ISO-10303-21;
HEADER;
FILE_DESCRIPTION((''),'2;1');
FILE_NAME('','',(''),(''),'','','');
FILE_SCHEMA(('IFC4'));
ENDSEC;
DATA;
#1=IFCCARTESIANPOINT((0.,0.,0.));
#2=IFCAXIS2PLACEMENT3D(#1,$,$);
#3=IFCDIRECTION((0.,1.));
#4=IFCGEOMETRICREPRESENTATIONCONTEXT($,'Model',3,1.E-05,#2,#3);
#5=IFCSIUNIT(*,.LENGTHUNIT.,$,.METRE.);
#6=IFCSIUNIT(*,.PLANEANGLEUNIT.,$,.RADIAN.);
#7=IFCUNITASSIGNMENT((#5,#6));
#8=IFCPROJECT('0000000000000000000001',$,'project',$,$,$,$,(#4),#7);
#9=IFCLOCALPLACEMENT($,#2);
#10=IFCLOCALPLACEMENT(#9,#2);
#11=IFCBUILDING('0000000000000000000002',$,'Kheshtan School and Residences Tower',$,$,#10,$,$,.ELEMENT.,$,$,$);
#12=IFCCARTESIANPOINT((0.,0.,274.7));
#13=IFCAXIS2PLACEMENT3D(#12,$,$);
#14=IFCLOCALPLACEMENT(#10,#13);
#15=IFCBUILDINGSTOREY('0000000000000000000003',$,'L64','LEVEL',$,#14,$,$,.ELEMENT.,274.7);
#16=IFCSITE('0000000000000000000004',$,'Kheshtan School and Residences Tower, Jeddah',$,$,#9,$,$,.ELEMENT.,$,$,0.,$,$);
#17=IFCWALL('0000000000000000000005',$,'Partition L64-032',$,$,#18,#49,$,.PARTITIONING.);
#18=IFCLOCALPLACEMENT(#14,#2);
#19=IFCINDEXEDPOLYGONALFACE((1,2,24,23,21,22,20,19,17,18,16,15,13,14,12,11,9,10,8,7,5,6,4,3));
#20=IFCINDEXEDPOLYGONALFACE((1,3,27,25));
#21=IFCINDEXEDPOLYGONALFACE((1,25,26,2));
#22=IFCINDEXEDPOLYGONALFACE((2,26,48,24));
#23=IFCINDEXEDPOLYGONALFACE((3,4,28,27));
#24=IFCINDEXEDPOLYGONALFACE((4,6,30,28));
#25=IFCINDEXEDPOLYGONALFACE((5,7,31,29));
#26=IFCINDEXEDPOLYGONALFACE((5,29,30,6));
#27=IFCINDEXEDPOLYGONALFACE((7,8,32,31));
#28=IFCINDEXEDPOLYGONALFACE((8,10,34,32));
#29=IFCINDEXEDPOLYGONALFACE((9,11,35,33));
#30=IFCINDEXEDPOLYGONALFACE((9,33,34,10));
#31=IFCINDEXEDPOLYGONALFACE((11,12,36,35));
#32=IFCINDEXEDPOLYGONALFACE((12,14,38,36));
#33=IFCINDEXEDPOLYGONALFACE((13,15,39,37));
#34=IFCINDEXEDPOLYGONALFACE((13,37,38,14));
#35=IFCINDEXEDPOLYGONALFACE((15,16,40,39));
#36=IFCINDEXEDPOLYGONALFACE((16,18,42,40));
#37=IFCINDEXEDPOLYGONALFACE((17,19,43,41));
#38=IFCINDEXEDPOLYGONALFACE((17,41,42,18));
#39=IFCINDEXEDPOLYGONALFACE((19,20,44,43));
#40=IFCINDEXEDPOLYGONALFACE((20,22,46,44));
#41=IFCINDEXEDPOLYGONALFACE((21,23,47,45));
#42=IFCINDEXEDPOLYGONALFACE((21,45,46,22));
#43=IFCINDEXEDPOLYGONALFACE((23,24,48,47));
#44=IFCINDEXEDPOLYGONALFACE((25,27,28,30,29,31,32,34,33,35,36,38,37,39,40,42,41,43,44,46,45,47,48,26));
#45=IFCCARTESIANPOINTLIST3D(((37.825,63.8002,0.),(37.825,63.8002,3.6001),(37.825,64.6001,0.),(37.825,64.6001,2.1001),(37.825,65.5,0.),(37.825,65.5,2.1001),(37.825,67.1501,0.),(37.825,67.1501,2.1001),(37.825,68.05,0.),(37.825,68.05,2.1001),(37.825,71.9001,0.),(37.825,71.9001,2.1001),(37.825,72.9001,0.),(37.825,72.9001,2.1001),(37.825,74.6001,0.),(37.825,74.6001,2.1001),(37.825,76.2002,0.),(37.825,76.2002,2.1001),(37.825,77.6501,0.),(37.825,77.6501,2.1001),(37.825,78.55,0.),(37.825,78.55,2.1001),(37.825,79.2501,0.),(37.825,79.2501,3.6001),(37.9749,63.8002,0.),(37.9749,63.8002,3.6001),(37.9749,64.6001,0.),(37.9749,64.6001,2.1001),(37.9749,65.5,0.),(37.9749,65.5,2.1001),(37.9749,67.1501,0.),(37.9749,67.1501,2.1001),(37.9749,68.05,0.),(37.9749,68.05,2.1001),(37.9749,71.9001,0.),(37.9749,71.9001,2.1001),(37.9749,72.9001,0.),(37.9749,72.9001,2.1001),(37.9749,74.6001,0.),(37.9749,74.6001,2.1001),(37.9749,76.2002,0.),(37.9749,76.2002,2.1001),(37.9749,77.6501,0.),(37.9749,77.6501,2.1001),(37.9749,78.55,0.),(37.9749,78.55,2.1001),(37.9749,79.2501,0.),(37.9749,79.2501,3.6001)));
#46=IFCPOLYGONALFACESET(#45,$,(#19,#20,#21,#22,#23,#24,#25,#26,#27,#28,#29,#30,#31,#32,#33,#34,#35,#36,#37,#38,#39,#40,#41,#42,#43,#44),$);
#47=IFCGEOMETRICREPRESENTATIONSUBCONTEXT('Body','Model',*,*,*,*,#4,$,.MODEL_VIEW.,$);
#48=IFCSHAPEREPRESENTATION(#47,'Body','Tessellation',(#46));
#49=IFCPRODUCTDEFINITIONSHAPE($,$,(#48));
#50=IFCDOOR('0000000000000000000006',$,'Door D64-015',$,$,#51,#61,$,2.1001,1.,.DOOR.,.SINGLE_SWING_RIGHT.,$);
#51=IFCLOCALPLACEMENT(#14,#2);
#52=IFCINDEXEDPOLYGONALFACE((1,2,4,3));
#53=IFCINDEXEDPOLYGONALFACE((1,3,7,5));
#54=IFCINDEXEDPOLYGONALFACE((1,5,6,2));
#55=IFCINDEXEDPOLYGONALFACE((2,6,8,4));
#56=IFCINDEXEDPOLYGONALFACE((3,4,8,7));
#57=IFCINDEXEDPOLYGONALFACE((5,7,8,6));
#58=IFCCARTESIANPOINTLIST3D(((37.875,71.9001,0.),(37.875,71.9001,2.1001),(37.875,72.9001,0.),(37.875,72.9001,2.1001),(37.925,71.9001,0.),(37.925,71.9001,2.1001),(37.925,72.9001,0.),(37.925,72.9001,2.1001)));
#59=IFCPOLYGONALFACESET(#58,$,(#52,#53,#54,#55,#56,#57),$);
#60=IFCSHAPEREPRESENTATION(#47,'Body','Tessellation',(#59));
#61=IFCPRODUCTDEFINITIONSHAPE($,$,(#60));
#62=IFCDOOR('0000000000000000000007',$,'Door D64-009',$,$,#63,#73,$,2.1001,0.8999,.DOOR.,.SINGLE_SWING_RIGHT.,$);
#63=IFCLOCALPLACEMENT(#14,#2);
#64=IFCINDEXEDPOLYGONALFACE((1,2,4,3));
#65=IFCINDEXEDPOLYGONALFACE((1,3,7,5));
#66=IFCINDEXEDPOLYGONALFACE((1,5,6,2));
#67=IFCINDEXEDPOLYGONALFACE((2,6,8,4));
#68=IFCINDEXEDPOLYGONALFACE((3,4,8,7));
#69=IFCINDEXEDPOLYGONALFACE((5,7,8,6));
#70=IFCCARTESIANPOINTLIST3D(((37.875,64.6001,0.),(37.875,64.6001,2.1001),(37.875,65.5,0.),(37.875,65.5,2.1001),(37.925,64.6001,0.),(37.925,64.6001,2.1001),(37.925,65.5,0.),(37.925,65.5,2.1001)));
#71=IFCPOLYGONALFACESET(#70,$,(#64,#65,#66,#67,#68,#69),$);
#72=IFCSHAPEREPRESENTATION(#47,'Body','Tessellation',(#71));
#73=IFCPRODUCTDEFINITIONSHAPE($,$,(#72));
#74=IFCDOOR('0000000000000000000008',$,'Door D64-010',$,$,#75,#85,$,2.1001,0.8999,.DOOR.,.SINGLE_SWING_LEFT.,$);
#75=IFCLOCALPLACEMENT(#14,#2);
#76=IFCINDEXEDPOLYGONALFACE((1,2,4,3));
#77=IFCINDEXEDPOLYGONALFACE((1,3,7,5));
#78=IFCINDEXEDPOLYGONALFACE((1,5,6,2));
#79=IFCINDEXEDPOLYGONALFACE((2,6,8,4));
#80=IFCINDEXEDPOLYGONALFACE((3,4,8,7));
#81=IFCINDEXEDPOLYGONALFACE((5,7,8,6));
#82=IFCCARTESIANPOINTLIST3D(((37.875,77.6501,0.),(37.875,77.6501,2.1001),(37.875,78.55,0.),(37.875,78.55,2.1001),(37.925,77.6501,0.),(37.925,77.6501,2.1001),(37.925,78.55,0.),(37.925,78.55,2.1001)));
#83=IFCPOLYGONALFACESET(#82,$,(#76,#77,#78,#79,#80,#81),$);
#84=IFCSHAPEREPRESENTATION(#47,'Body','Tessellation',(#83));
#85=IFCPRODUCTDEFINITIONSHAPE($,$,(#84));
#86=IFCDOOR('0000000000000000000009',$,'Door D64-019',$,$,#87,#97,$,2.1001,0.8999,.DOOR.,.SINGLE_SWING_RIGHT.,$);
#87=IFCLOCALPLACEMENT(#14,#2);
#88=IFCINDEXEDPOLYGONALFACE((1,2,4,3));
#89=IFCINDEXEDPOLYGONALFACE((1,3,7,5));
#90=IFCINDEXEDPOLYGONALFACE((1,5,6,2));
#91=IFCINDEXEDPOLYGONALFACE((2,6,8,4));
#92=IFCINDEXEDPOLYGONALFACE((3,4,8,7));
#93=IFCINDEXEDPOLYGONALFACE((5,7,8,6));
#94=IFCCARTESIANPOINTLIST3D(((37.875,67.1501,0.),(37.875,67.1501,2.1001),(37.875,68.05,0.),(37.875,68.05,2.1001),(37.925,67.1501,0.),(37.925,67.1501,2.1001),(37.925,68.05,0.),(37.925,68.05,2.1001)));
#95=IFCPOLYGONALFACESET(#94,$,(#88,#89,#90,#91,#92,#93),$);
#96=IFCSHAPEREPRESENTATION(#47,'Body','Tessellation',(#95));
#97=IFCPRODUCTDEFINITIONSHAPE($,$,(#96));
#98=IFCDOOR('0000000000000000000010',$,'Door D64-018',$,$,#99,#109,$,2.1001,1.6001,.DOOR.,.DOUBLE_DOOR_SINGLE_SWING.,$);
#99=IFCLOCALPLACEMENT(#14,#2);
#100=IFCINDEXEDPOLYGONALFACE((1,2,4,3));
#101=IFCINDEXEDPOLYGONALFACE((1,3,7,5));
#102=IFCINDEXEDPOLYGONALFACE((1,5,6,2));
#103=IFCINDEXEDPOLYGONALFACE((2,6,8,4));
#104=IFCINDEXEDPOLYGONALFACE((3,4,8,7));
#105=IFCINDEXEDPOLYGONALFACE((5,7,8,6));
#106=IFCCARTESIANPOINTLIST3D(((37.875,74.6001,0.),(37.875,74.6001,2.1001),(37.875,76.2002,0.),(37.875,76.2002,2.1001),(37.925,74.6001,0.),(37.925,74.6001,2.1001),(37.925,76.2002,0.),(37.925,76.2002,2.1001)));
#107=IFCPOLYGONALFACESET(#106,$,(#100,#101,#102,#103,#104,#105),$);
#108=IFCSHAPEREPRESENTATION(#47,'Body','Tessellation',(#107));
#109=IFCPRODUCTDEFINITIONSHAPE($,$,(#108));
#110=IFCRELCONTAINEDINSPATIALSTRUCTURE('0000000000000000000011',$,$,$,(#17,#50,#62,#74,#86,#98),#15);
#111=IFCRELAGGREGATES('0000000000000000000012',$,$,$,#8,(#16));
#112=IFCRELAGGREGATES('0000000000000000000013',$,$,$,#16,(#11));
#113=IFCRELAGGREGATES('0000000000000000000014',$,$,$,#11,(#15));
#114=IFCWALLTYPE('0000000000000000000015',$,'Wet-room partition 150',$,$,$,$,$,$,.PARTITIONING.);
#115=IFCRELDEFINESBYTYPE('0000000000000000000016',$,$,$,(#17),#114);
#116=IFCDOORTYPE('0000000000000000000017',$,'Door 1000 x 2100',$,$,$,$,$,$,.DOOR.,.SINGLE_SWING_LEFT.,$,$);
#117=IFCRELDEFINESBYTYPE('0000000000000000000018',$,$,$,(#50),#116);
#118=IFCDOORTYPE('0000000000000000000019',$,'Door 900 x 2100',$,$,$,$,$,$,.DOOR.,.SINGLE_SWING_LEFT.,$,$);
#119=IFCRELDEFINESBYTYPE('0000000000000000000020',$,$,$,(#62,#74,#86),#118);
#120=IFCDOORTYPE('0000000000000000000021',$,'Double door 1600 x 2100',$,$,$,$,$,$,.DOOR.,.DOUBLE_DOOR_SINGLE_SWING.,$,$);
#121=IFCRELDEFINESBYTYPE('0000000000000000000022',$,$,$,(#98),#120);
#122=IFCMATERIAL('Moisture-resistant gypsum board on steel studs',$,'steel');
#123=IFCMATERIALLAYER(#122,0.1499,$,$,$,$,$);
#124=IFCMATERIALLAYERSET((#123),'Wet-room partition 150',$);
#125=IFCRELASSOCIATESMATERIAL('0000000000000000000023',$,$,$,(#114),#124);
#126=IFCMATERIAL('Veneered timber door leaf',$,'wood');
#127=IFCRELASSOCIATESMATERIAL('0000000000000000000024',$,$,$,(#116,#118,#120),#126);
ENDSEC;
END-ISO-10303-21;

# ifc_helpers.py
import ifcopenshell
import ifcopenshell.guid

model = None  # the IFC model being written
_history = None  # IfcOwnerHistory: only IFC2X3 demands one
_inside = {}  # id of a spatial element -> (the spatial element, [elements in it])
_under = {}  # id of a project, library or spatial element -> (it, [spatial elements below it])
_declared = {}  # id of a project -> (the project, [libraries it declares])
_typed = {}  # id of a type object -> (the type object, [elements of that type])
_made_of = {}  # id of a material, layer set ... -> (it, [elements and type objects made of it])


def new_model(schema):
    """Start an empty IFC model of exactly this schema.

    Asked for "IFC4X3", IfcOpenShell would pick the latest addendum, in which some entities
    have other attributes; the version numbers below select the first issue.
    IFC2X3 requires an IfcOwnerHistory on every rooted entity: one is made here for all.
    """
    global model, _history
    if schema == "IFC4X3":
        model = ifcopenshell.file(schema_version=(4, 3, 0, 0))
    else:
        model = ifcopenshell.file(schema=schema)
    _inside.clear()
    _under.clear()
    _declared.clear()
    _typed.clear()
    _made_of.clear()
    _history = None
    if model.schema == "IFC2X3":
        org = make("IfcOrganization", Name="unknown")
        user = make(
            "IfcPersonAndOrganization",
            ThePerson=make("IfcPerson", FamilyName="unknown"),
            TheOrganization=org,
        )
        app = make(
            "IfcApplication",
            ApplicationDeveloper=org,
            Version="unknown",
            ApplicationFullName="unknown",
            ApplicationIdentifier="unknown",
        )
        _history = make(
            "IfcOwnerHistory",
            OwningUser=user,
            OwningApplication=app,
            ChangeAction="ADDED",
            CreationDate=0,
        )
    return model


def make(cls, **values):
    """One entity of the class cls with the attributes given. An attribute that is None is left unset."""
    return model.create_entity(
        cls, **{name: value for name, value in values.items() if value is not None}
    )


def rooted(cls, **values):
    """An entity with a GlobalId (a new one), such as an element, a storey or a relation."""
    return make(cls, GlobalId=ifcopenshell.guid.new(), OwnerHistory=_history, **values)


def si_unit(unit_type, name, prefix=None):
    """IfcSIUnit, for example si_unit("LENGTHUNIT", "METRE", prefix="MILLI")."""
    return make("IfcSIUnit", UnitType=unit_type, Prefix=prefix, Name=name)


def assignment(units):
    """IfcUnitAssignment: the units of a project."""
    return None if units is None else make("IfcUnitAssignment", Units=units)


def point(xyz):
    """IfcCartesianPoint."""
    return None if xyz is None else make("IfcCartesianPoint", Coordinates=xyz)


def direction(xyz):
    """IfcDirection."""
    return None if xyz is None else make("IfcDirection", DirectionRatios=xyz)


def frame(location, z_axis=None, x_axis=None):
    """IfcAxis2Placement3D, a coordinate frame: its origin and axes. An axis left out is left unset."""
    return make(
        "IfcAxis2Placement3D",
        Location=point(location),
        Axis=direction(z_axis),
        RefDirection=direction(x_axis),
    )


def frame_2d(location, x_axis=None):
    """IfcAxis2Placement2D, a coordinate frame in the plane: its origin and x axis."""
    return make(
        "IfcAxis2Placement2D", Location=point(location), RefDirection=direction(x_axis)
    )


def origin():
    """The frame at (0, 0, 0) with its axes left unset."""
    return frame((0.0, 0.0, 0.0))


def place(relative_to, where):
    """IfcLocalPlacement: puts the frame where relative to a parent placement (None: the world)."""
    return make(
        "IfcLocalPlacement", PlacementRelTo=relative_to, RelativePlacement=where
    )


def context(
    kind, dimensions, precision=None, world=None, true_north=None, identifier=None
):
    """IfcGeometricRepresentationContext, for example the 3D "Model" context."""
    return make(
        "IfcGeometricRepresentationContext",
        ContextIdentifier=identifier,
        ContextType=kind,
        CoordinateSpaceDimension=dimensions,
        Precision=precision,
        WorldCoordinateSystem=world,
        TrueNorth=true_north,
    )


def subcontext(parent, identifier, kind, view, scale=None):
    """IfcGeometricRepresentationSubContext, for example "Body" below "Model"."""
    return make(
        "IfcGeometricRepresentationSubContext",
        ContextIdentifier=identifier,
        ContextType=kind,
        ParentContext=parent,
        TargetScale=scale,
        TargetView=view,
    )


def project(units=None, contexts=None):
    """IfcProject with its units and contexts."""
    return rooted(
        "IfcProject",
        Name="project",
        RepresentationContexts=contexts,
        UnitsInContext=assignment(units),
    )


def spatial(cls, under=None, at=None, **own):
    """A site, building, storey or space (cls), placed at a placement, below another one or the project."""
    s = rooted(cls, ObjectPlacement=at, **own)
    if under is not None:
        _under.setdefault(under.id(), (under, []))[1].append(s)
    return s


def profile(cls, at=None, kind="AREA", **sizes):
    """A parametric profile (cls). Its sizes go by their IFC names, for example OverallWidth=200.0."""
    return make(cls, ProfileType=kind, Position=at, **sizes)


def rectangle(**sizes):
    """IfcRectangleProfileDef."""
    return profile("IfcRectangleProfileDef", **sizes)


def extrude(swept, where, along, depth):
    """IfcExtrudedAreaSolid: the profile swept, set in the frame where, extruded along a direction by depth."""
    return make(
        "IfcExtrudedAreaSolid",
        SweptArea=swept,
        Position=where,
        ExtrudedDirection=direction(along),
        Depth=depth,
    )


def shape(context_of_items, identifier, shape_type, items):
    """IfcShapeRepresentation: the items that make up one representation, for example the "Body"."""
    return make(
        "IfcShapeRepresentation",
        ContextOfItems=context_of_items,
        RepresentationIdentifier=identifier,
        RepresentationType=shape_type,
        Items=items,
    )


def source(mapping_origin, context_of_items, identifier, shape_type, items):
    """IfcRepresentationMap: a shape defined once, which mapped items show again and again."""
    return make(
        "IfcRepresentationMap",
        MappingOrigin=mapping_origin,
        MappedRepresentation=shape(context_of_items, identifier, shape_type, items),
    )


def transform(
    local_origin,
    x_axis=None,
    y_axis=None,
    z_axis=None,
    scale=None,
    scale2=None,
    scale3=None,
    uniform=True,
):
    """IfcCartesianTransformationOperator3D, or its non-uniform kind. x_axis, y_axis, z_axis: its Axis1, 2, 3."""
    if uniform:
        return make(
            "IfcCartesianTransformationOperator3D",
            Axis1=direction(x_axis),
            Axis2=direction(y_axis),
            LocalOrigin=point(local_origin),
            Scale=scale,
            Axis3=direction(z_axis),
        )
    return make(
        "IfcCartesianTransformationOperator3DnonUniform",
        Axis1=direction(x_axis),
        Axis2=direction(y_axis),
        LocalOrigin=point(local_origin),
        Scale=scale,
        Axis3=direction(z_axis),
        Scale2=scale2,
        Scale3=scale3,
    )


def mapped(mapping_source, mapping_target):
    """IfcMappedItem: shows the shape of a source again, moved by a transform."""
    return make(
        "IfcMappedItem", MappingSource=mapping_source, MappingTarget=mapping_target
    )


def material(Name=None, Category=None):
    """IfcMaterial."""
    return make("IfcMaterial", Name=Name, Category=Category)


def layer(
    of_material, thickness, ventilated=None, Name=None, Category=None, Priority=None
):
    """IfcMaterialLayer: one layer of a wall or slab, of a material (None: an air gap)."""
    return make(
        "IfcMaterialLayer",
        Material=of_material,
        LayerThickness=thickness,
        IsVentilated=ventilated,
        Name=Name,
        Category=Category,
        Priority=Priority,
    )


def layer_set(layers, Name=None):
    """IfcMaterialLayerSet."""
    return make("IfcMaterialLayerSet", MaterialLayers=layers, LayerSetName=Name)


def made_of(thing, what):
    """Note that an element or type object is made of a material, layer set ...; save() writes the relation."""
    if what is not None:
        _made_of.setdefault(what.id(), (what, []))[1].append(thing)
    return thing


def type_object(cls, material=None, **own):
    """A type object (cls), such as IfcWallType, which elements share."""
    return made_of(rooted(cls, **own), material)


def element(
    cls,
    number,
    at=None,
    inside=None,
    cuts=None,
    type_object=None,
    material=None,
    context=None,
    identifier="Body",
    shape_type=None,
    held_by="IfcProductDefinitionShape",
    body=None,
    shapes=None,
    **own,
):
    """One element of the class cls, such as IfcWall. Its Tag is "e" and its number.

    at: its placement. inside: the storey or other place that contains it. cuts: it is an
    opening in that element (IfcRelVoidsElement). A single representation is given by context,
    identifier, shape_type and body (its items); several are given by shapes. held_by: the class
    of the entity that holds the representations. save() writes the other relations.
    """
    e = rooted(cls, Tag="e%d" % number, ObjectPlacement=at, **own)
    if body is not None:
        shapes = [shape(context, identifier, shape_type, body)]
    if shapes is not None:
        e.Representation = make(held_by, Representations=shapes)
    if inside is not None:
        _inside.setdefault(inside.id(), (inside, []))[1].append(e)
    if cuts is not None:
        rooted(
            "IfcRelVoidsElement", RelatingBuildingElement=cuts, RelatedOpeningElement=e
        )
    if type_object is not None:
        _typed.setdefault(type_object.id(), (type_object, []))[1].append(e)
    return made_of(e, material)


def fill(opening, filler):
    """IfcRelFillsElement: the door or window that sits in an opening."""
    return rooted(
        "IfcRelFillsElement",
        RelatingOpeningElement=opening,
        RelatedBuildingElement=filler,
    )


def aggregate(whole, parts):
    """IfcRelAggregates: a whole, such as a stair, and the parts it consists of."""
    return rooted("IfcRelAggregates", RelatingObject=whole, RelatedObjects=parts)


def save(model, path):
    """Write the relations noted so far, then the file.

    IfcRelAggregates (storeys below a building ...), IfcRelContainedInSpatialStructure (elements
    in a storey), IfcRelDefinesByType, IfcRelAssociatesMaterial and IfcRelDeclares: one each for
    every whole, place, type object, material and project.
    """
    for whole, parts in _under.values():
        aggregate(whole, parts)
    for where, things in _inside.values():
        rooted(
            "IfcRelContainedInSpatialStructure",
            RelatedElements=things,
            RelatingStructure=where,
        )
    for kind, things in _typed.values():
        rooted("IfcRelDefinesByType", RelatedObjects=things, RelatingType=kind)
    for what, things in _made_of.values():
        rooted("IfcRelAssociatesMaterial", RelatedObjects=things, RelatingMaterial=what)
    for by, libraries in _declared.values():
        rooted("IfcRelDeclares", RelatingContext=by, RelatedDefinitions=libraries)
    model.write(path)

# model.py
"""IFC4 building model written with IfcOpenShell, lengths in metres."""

from ifc_helpers import new_model, si_unit, direction, frame, frame_2d, origin, place, context, subcontext, project, spatial, rectangle, extrude, source, transform, mapped, material, layer, layer_set, type_object, element, fill, save


model = new_model("IFC4")

# Units and contexts
model_context = context("Model", 3, precision=1e-05, world=origin(), true_north=direction((0.0, 1.0)))
body_context = subcontext(model_context, "Body", "Model", "MODEL_VIEW")
ifc_project = project(units=[si_unit("LENGTHUNIT", "METRE"), si_unit("PLANEANGLEUNIT", "RADIAN")], contexts=[model_context])

# Site, building, storey
site_placement = place(None, origin())
site = spatial("IfcSite", under=ifc_project, at=site_placement, Name="Kheshtan School and Residences Tower, Jeddah", CompositionType="ELEMENT", RefElevation=0.0)
building_placement = place(site_placement, origin())
building = spatial("IfcBuilding", under=site, at=building_placement, Name="Kheshtan School and Residences Tower", CompositionType="ELEMENT")
storey_placement = place(building_placement, frame((0.0, 0.0, 274.7)))
storey = spatial("IfcBuildingStorey", under=building, at=storey_placement, Name="L64", Description="LEVEL", CompositionType="ELEMENT", Elevation=274.7)

# Wall, openings, doors
ifc_material_1 = material(Name="Moisture-resistant gypsum board on steel studs", Category="steel")
ifc_layer_1 = layer(ifc_material_1, 0.1499)
ifc_layer_set_1 = layer_set([ifc_layer_1], Name="Wet-room partition 150")
wall_type_1 = type_object("IfcWallType", Name="Wet-room partition 150", PredefinedType="PARTITIONING", material=ifc_layer_set_1)
ifc_material_2 = material(Name="Veneered timber door leaf", Category="wood")
door_type_1 = type_object("IfcDoorType", Name="Door 1000 x 2100", OperationType="SINGLE_SWING_LEFT", PredefinedType="DOOR", material=ifc_material_2)
shared_shape_1 = source(origin(), body_context, "Body", "SweptSolid", [
    extrude(rectangle(XDim=1.0, YDim=2.1001, at=frame_2d((0.5, 1.05))), frame((0.0, 0.0249, 0.0), z_axis=(0.0, -1.0, 0.0), x_axis=(1.0, 0.0, 0.0)), (0.0, 0.0, 1.0), 0.05),
])
door_type_2 = type_object("IfcDoorType", Name="Door 900 x 2100", OperationType="SINGLE_SWING_LEFT", PredefinedType="DOOR", material=ifc_material_2)
shared_shape_2 = source(origin(), body_context, "Body", "SweptSolid", [
    extrude(rectangle(XDim=0.8999, YDim=2.1001, at=frame_2d((0.45, 1.05))), frame((0.0, 0.0249, 0.0), z_axis=(0.0, -1.0, 0.0), x_axis=(1.0, 0.0, 0.0)), (0.0, 0.0, 1.0), 0.05),
])
wall_1_placement = place(storey_placement, frame((37.8999, 63.8, 0.0), z_axis=(0.0, 0.0, 1.0), x_axis=(0.0, 1.0, 0.0)))
wall_1 = element("IfcWall", 1, at=wall_1_placement, inside=storey, type_object=wall_type_1, Name="Partition L64-032", PredefinedType="PARTITIONING", context=body_context, shape_type="SweptSolid", body=[
    extrude(rectangle(XDim=15.45, YDim=0.1499, at=frame_2d((7.7251, 0.0))), origin(), (0.0, 0.0, 1.0), 3.6001),
])
opening_1_placement = place(wall_1_placement, frame((0.8, 0.0, 0.0)))
opening_1 = element("IfcOpeningElement", 2, at=opening_1_placement, cuts=wall_1, PredefinedType="OPENING", context=body_context, shape_type="SweptSolid", body=[
    extrude(rectangle(XDim=0.8999, YDim=2.1001, at=frame_2d((0.45, 1.05))), frame((0.0, 0.085, 0.0), z_axis=(0.0, -1.0, 0.0), x_axis=(1.0, 0.0, 0.0)), (0.0, 0.0, 1.0), 0.1699),
])
opening_2_placement = place(wall_1_placement, frame((13.8501, 0.0, 0.0)))
opening_2 = element("IfcOpeningElement", 3, at=opening_2_placement, cuts=wall_1, PredefinedType="OPENING", context=body_context, shape_type="SweptSolid", body=[
    extrude(rectangle(XDim=0.8999, YDim=2.1001, at=frame_2d((0.45, 1.05))), frame((0.0, 0.085, 0.0), z_axis=(0.0, -1.0, 0.0), x_axis=(1.0, 0.0, 0.0)), (0.0, 0.0, 1.0), 0.1699),
])
opening_3_placement = place(wall_1_placement, frame((8.1001, 0.0, 0.0)))
opening_3 = element("IfcOpeningElement", 4, at=opening_3_placement, cuts=wall_1, PredefinedType="OPENING", context=body_context, shape_type="SweptSolid", body=[
    extrude(rectangle(XDim=1.0, YDim=2.1001, at=frame_2d((0.5, 1.05))), frame((0.0, 0.085, 0.0), z_axis=(0.0, -1.0, 0.0), x_axis=(1.0, 0.0, 0.0)), (0.0, 0.0, 1.0), 0.1699),
])
opening_4_placement = place(wall_1_placement, frame((10.8, 0.0, 0.0)))
opening_4 = element("IfcOpeningElement", 5, at=opening_4_placement, cuts=wall_1, PredefinedType="OPENING", context=body_context, shape_type="SweptSolid", body=[
    extrude(rectangle(XDim=1.6001, YDim=2.1001, at=frame_2d((0.8, 1.05))), frame((0.0, 0.085, 0.0), z_axis=(0.0, -1.0, 0.0), x_axis=(1.0, 0.0, 0.0)), (0.0, 0.0, 1.0), 0.1699),
])
opening_5_placement = place(wall_1_placement, frame((3.3501, 0.0, 0.0)))
opening_5 = element("IfcOpeningElement", 6, at=opening_5_placement, cuts=wall_1, PredefinedType="OPENING", context=body_context, shape_type="SweptSolid", body=[
    extrude(rectangle(XDim=0.8999, YDim=2.1001, at=frame_2d((0.45, 1.05))), frame((0.0, 0.085, 0.0), z_axis=(0.0, -1.0, 0.0), x_axis=(1.0, 0.0, 0.0)), (0.0, 0.0, 1.0), 0.1699),
])
door_1_placement = place(opening_3_placement, origin())
door_1 = element("IfcDoor", 7, at=door_1_placement, inside=storey, type_object=door_type_1, Name="Door D64-015", OperationType="SINGLE_SWING_RIGHT", OverallHeight=2.1001, OverallWidth=1.0, PredefinedType="DOOR", context=body_context, shape_type="MappedRepresentation", body=[
    mapped(shared_shape_1, transform((0.0, 0.0, 0.0), x_axis=(1.0, 0.0, 0.0), y_axis=(0.0, 1.0, 0.0), z_axis=(0.0, 0.0, 1.0), scale=1.0)),
])
fill(opening_3, door_1)
door_2_placement = place(opening_1_placement, origin())
door_2 = element("IfcDoor", 8, at=door_2_placement, inside=storey, type_object=door_type_2, Name="Door D64-009", OperationType="SINGLE_SWING_RIGHT", OverallHeight=2.1001, OverallWidth=0.8999, PredefinedType="DOOR", context=body_context, shape_type="MappedRepresentation", body=[
    mapped(shared_shape_2, transform((0.0, 0.0, 0.0), x_axis=(1.0, 0.0, 0.0), y_axis=(0.0, 1.0, 0.0), z_axis=(0.0, 0.0, 1.0), scale=1.0)),
])
fill(opening_1, door_2)
door_3_placement = place(opening_2_placement, origin())
door_3 = element("IfcDoor", 9, at=door_3_placement, inside=storey, type_object=door_type_2, Name="Door D64-010", OperationType="SINGLE_SWING_LEFT", OverallHeight=2.1001, OverallWidth=0.8999, PredefinedType="DOOR", context=body_context, shape_type="MappedRepresentation", body=[
    mapped(shared_shape_2, transform((0.0, 0.0, 0.0), x_axis=(1.0, 0.0, 0.0), y_axis=(0.0, 1.0, 0.0), z_axis=(0.0, 0.0, 1.0), scale=1.0)),
])
fill(opening_2, door_3)
door_4_placement = place(opening_5_placement, origin())
door_4 = element("IfcDoor", 10, at=door_4_placement, inside=storey, type_object=door_type_2, Name="Door D64-019", OperationType="SINGLE_SWING_RIGHT", OverallHeight=2.1001, OverallWidth=0.8999, PredefinedType="DOOR", context=body_context, shape_type="MappedRepresentation", body=[
    mapped(shared_shape_2, transform((0.0, 0.0, 0.0), x_axis=(1.0, 0.0, 0.0), y_axis=(0.0, 1.0, 0.0), z_axis=(0.0, 0.0, 1.0), scale=1.0)),
])
fill(opening_5, door_4)
door_type_3 = type_object("IfcDoorType", Name="Double door 1600 x 2100", OperationType="DOUBLE_DOOR_SINGLE_SWING", PredefinedType="DOOR", material=ifc_material_2)
shared_shape_3 = source(origin(), body_context, "Body", "SweptSolid", [
    extrude(rectangle(XDim=1.6001, YDim=2.1001, at=frame_2d((0.8, 1.05))), frame((0.0, 0.0249, 0.0), z_axis=(0.0, -1.0, 0.0), x_axis=(1.0, 0.0, 0.0)), (0.0, 0.0, 1.0), 0.05),
])
door_5_placement = place(opening_4_placement, origin())
door_5 = element("IfcDoor", 11, at=door_5_placement, inside=storey, type_object=door_type_3, Name="Door D64-018", OperationType="DOUBLE_DOOR_SINGLE_SWING", OverallHeight=2.1001, OverallWidth=1.6001, PredefinedType="DOOR", context=body_context, shape_type="MappedRepresentation", body=[
    mapped(shared_shape_3, transform((0.0, 0.0, 0.0), x_axis=(1.0, 0.0, 0.0), y_axis=(0.0, 1.0, 0.0), z_axis=(0.0, 0.0, 1.0), scale=1.0)),
])
fill(opening_4, door_5)

save(model, "model.ifc")
